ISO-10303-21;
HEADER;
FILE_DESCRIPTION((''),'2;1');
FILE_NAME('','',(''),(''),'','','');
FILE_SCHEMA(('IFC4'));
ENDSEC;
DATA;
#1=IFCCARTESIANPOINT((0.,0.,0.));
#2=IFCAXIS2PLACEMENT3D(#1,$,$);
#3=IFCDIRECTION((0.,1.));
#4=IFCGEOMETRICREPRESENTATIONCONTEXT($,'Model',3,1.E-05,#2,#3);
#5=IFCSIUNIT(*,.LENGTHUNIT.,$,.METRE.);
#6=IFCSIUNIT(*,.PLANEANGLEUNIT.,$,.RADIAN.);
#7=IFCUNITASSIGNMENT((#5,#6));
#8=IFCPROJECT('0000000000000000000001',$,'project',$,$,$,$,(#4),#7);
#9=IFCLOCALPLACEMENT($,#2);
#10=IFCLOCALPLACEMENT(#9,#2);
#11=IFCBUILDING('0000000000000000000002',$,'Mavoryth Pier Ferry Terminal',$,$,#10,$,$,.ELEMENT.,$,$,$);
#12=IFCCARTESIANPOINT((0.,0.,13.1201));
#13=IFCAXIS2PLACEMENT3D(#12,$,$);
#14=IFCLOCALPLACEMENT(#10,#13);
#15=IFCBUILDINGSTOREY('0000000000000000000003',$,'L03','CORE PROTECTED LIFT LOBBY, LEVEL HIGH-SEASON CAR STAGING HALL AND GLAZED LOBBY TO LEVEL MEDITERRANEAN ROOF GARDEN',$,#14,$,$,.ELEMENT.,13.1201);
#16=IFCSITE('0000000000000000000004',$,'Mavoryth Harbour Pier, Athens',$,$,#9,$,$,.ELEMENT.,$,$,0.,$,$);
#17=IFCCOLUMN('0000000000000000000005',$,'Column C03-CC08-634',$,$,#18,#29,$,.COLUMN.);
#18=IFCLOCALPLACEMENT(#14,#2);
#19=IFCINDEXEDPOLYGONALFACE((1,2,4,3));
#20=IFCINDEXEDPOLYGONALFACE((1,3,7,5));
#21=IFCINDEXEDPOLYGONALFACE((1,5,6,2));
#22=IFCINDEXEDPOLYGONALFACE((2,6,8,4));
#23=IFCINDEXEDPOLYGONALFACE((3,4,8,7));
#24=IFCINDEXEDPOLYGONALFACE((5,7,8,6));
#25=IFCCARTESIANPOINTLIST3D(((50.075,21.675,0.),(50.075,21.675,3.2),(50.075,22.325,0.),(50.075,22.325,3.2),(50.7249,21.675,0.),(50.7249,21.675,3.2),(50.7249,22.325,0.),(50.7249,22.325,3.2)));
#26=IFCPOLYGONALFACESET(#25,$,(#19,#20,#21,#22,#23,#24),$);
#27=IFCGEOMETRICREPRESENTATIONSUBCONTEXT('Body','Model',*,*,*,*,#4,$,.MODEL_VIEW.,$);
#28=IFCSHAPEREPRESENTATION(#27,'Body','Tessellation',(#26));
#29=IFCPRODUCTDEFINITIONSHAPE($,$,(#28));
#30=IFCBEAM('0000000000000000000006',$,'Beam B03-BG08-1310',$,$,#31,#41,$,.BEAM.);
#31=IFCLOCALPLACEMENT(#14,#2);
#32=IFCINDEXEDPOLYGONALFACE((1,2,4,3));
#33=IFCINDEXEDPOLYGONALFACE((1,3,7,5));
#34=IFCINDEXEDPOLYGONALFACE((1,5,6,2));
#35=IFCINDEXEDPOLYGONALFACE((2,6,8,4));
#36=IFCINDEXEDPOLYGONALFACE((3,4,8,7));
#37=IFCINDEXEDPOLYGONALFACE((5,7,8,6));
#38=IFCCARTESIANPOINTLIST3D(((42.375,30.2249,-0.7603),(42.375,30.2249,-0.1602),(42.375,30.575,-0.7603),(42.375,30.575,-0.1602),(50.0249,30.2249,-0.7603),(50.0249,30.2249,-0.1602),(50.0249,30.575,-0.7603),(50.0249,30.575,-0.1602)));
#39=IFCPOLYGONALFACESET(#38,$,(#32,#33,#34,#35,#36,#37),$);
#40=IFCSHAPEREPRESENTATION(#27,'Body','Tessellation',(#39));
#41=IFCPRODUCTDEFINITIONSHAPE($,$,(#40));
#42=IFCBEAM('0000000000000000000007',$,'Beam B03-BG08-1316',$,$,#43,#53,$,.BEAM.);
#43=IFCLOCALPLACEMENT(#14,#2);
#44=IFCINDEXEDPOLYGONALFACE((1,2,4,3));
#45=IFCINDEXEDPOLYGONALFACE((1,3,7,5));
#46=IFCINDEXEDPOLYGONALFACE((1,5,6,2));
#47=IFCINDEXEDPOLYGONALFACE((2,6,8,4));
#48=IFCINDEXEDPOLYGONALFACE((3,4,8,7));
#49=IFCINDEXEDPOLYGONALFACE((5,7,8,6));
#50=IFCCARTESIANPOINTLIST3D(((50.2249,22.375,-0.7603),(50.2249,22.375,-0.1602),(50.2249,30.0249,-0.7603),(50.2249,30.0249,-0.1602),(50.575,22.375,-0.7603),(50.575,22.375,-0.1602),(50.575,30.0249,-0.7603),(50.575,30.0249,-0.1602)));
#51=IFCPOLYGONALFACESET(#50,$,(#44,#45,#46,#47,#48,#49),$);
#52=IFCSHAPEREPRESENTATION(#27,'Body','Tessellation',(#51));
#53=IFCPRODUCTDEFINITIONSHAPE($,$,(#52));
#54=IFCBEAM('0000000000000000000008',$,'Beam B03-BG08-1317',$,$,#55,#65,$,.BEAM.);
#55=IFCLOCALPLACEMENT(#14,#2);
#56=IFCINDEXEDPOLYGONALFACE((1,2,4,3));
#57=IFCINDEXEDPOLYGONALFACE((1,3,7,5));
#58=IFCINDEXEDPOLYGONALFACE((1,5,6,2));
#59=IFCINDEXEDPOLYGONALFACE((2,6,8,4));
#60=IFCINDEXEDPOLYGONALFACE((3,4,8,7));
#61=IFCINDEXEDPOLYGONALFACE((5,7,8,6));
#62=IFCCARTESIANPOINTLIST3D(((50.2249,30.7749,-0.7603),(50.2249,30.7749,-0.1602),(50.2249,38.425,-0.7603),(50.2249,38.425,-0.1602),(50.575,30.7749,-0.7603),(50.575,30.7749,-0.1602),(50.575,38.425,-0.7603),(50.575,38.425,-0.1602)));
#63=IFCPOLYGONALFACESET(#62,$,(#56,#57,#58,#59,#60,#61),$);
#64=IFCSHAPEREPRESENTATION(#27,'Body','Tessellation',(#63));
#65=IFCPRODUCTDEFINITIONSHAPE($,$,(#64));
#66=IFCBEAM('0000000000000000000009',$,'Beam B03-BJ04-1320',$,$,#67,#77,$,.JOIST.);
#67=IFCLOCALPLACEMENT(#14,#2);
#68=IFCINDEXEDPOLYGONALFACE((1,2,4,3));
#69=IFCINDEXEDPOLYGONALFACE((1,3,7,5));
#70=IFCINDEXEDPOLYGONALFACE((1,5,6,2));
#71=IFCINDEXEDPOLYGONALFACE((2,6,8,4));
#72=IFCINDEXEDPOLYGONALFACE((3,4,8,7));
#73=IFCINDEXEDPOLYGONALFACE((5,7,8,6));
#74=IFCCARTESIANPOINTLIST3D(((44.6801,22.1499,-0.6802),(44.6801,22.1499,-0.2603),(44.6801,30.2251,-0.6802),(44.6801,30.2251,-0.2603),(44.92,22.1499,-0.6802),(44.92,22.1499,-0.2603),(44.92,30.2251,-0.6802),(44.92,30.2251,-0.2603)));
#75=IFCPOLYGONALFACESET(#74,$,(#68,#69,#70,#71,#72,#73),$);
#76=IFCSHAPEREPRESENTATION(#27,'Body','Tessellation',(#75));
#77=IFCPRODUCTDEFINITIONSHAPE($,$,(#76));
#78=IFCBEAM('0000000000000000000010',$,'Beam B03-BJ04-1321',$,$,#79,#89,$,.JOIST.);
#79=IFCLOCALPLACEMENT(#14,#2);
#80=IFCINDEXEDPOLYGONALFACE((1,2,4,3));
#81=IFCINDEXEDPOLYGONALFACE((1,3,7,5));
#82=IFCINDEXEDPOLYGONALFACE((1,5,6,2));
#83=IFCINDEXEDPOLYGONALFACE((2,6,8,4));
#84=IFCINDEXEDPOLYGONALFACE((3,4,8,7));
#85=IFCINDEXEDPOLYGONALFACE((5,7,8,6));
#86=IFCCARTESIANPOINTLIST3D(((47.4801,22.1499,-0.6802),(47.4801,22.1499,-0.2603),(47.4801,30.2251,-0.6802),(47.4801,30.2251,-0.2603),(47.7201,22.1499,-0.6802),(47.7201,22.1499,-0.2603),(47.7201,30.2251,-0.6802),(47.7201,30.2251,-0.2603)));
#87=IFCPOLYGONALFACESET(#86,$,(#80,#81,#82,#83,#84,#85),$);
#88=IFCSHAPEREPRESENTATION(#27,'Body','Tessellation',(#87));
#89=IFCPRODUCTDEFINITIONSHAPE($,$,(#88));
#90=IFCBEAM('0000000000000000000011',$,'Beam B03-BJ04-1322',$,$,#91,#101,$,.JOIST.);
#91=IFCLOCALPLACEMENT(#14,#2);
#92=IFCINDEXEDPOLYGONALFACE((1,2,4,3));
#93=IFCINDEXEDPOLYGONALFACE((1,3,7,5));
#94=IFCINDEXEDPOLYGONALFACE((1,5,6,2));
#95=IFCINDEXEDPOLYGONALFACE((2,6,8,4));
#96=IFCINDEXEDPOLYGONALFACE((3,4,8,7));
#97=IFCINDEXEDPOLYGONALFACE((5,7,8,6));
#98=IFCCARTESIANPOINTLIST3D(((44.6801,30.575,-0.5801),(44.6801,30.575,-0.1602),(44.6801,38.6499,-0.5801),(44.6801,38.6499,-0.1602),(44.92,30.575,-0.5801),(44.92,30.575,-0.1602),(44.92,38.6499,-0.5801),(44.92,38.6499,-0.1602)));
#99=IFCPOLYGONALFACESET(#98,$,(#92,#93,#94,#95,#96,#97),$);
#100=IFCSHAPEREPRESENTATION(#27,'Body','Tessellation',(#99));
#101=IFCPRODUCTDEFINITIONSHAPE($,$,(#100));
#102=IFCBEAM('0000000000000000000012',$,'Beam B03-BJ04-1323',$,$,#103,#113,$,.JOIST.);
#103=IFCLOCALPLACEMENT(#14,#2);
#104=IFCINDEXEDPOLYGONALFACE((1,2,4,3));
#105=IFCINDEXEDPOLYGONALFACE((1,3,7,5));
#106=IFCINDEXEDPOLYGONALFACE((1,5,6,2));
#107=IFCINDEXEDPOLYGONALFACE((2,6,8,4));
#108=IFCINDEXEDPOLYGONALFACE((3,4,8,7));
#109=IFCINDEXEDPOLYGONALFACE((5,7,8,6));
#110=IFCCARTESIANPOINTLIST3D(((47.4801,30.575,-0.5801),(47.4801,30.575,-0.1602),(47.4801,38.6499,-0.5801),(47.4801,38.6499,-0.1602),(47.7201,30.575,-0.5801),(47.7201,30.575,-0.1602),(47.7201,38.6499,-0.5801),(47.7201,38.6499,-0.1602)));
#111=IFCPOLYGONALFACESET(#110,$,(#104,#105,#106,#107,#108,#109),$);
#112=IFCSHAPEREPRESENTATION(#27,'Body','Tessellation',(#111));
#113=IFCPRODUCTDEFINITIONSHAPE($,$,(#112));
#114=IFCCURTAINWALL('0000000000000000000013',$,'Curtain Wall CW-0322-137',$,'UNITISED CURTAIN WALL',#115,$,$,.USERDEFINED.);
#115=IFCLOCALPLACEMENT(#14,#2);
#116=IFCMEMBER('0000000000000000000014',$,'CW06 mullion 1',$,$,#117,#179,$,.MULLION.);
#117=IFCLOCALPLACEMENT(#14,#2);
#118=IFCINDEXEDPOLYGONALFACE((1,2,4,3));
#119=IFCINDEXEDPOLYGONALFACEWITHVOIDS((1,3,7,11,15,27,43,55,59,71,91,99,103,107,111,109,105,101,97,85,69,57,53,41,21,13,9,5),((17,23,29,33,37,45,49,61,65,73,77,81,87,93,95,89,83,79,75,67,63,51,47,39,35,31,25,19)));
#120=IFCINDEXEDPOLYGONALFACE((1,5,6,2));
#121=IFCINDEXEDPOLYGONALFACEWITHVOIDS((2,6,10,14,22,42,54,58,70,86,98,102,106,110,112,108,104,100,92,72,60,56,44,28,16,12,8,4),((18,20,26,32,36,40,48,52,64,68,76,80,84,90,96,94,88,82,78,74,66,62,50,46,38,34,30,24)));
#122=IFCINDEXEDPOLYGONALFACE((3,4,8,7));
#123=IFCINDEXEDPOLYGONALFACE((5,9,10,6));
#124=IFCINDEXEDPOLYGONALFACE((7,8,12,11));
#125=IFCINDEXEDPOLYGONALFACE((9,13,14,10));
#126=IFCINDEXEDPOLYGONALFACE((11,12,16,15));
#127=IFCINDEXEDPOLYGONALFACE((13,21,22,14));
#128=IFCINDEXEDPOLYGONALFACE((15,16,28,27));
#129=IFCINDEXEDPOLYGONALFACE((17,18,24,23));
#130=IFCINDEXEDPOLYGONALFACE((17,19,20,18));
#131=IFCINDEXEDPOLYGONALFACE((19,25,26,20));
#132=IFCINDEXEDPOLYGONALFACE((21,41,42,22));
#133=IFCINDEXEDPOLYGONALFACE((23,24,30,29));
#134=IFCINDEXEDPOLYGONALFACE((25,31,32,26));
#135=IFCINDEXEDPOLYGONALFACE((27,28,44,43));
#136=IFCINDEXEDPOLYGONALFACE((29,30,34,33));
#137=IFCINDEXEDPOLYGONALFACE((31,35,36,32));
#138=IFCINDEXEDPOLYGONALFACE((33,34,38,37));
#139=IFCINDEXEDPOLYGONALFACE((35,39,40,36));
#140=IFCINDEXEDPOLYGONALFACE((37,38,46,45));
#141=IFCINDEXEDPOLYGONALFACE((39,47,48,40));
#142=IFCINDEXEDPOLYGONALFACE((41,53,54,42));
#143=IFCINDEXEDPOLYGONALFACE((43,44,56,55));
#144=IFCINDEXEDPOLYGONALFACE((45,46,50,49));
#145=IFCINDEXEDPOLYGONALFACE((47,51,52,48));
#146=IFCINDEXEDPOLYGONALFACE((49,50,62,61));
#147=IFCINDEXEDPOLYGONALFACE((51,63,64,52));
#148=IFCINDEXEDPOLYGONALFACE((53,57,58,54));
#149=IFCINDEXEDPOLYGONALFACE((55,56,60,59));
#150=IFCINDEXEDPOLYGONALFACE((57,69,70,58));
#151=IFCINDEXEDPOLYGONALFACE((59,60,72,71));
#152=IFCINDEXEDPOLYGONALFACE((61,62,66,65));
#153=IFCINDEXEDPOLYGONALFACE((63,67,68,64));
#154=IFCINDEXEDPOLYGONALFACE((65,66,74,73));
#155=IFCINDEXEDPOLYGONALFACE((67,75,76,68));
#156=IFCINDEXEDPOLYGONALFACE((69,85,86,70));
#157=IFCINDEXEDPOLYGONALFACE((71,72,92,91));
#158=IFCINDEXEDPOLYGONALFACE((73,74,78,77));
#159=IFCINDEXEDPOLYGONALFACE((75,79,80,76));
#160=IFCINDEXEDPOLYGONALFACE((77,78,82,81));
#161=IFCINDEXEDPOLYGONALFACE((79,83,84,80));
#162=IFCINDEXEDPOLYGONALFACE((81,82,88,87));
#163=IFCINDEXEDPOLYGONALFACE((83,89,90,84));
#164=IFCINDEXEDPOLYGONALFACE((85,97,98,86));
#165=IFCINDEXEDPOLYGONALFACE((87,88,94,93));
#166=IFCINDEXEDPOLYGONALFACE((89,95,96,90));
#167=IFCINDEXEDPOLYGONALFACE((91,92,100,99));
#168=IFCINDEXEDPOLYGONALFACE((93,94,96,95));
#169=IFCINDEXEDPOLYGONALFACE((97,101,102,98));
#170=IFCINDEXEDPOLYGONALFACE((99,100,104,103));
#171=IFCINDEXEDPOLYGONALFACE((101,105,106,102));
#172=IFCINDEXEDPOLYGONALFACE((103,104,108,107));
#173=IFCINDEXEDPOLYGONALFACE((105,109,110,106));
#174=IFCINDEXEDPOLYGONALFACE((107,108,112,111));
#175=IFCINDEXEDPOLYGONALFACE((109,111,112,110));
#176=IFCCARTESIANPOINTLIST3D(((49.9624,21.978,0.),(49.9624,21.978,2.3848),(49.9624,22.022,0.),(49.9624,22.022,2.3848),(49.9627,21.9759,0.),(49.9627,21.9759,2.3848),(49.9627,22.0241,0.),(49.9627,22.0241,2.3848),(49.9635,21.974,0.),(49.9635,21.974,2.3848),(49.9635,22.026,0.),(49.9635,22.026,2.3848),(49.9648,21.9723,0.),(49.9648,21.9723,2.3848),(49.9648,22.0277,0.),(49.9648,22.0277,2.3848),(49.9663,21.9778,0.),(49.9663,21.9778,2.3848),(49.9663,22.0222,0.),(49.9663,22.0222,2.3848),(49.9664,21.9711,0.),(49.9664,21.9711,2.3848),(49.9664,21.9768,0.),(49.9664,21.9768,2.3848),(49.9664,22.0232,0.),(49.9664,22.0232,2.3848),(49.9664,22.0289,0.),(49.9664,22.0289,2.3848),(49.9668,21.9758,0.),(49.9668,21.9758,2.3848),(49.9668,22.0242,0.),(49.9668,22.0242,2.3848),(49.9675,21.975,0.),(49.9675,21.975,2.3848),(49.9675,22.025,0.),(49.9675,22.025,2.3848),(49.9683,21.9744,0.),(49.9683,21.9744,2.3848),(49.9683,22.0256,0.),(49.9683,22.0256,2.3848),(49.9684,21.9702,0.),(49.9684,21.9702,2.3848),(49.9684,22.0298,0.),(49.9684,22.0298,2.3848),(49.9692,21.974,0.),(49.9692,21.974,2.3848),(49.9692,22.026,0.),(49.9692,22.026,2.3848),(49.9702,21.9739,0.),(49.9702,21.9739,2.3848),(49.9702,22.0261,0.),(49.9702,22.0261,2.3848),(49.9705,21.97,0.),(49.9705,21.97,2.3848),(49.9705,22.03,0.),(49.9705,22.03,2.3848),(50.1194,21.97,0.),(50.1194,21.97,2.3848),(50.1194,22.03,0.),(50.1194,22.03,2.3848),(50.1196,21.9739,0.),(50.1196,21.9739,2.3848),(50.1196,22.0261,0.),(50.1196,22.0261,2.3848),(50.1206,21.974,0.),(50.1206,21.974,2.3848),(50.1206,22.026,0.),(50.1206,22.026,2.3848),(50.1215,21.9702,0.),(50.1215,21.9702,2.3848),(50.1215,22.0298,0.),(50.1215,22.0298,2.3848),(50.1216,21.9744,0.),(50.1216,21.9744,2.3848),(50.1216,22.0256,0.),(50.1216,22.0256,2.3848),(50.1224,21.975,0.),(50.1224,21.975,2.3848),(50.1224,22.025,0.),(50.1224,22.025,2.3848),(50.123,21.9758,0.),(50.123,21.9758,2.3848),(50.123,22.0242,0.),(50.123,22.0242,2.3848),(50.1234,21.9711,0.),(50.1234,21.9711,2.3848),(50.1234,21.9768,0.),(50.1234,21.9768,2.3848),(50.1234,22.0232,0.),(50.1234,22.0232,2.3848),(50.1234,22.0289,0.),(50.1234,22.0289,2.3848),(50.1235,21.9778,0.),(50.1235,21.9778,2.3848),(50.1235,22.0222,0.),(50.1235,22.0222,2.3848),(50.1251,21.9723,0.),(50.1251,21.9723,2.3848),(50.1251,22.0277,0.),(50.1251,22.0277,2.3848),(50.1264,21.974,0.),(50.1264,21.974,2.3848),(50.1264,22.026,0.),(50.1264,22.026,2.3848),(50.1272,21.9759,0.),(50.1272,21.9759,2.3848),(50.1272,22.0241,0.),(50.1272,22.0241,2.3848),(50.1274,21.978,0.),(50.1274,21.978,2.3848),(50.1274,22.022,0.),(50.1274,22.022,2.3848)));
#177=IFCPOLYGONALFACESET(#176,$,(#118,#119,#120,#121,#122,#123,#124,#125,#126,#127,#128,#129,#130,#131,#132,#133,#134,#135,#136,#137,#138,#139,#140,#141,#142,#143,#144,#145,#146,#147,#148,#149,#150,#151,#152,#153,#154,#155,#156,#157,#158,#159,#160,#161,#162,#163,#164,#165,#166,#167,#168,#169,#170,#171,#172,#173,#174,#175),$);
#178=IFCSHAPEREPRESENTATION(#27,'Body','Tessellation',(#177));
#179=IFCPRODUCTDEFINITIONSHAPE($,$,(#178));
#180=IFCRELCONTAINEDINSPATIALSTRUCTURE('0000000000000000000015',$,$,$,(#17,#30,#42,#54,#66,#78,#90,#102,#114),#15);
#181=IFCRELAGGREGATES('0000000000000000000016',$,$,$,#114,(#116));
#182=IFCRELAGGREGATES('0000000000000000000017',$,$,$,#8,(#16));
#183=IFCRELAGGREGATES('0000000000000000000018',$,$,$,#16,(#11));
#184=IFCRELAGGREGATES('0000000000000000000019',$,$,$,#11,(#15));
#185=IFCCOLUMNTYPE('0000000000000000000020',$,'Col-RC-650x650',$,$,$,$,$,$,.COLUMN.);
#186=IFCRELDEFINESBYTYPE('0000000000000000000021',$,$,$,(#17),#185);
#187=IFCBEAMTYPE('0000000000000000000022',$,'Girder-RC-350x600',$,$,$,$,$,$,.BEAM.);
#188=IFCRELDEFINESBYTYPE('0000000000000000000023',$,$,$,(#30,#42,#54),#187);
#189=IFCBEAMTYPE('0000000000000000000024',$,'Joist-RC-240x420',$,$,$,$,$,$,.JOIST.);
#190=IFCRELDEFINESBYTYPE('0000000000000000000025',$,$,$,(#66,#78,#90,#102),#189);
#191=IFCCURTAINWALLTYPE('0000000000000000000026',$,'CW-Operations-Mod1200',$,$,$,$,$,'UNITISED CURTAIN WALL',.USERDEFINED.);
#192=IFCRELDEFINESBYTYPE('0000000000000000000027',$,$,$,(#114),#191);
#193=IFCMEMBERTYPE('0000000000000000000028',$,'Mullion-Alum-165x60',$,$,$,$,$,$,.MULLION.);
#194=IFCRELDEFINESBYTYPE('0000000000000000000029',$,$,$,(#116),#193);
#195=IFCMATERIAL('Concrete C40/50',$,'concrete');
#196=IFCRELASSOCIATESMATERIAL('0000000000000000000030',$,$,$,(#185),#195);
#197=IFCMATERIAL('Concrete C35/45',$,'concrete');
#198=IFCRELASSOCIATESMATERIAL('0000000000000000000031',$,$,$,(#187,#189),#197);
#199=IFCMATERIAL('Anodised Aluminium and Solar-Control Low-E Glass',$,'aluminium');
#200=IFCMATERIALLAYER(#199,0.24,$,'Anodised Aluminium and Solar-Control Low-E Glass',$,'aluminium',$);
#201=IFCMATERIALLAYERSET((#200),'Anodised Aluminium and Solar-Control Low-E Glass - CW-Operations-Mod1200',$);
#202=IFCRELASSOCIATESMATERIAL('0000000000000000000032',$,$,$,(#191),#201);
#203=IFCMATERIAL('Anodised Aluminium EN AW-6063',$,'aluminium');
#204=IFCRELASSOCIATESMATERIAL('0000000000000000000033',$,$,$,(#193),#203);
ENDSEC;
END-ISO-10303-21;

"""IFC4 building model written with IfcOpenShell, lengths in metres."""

from ifc_helpers import new_model, si_unit, direction, frame, origin, origin_2d, place, context, subcontext, project, spatial, rectangle, hollow_rectangle, extrude, material, layer, layer_set, material_profile, profile_set, type_object, element, aggregate, save


model = new_model("IFC4")

# Units and contexts
model_context = context("Model", 3, precision=1e-05, world=origin(), true_north=direction((0.0, 1.0)))
body_context = subcontext(model_context, "Body", "Model", "MODEL_VIEW")
ifc_project = project(units=[si_unit("LENGTHUNIT", "METRE"), si_unit("PLANEANGLEUNIT", "RADIAN")], contexts=[model_context])

# Site, building, storey
site_placement = place(None, origin())
site = spatial("IfcSite", under=ifc_project, at=site_placement, Name="Mavoryth Harbour Pier, Athens", CompositionType="ELEMENT", RefElevation=0.0)
building_placement = place(site_placement, origin())
building = spatial("IfcBuilding", under=site, at=building_placement, Name="Mavoryth Pier Ferry Terminal", CompositionType="ELEMENT")
storey_placement = place(building_placement, frame((0.0, 0.0, 13.1201)))
storey = spatial("IfcBuildingStorey", under=building, at=storey_placement, Name="L03", Description="CORE PROTECTED LIFT LOBBY, LEVEL HIGH-SEASON CAR STAGING HALL AND GLAZED LOBBY TO LEVEL MEDITERRANEAN ROOF GARDEN", CompositionType="ELEMENT", Elevation=13.1201)

# Column
ifc_material_1 = material(Name="Concrete C40/50", Category="concrete")
ifc_material_profile_1 = material_profile(ifc_material_1, rectangle(XDim=0.6499, YDim=0.6499, at=origin_2d()), Name="RC 650x650", Category="concrete")
ifc_profile_set_1 = profile_set([ifc_material_profile_1], Name="Concrete C40/50 - RC 650x650")
column_type = type_object("IfcColumnType", Name="Col-RC-650x650", PredefinedType="COLUMN", material=ifc_profile_set_1)
column_placement = place(storey_placement, frame((50.3999, 22.0, 0.0), z_axis=(0.0, 0.0, 1.0), x_axis=(1.0, 0.0, 0.0)))
element("IfcColumn", 1, at=column_placement, inside=storey, type_object=column_type, Name="Column C03-CC08-634", PredefinedType="COLUMN", context=body_context, shape_type="SweptSolid", body=[
    extrude(rectangle(XDim=0.6499, YDim=0.6499, at=origin_2d()), origin(), (0.0, 0.0, 1.0), 3.2),
])

# Beams
ifc_material_2 = material(Name="Concrete C35/45", Category="concrete")
ifc_material_profile_2 = material_profile(ifc_material_2, rectangle(XDim=0.3501, YDim=0.6001, at=origin_2d()), Name="RC 350x600", Category="concrete")
ifc_profile_set_2 = profile_set([ifc_material_profile_2], Name="Concrete C35/45 - RC 350x600")
beam_type_1 = type_object("IfcBeamType", Name="Girder-RC-350x600", PredefinedType="BEAM", material=ifc_profile_set_2)
for number, where, z_axis, x_axis, name in (
    (2, (42.375, 30.3999, -0.4602), (1.0, 0.0, 0.0), (0.0, 1.0, 0.0), "Beam B03-BG08-1310"),
    (3, (50.3999, 22.375, -0.4602), (0.0, 1.0, 0.0), (-1.0, 0.0, 0.0), "Beam B03-BG08-1316"),
):
    element("IfcBeam", number, at=place(storey_placement, frame(where, z_axis=z_axis, x_axis=x_axis)), inside=storey, type_object=beam_type_1, Name=name, PredefinedType="BEAM", context=body_context, shape_type="SweptSolid", body=[
        extrude(rectangle(XDim=0.3501, YDim=0.6001, at=origin_2d()), origin(), (0.0, 0.0, 1.0), 7.6499),
    ])
beam_1_placement = place(storey_placement, frame((50.3999, 30.7749, -0.4602), z_axis=(0.0, 1.0, 0.0), x_axis=(-1.0, 0.0, 0.0)))
element("IfcBeam", 4, at=beam_1_placement, inside=storey, type_object=beam_type_1, Name="Beam B03-BG08-1317", PredefinedType="BEAM", context=body_context, shape_type="SweptSolid", body=[
    extrude(rectangle(XDim=0.3501, YDim=0.6001, at=origin_2d()), origin(), (0.0, 0.0, 1.0), 7.6501),
])
ifc_material_profile_3 = material_profile(ifc_material_2, rectangle(XDim=0.24, YDim=0.4199, at=origin_2d()), Name="RC 240x420", Category="concrete")
ifc_profile_set_3 = profile_set([ifc_material_profile_3], Name="Concrete C35/45 - RC 240x420")
beam_type_2 = type_object("IfcBeamType", Name="Joist-RC-240x420", PredefinedType="JOIST", material=ifc_profile_set_3)
for number, where, z_axis, x_axis, name in (
    (5, (44.8, 22.1499, -0.4702), (0.0, 1.0, 0.0), (-1.0, 0.0, 0.0), "Beam B03-BJ04-1320"),
    (6, (47.6001, 22.1499, -0.4702), (0.0, 1.0, 0.0), (-1.0, 0.0, 0.0), "Beam B03-BJ04-1321"),
):
    element("IfcBeam", number, at=place(storey_placement, frame(where, z_axis=z_axis, x_axis=x_axis)), inside=storey, type_object=beam_type_2, Name=name, PredefinedType="JOIST", context=body_context, shape_type="SweptSolid", body=[
        extrude(rectangle(XDim=0.24, YDim=0.4199, at=origin_2d()), origin(), (0.0, 0.0, 1.0), 8.0752),
    ])
for number, where, z_axis, x_axis, name in (
    (7, (44.8, 30.575, -0.3701), (0.0, 1.0, 0.0), (-1.0, 0.0, 0.0), "Beam B03-BJ04-1322"),
    (8, (47.6001, 30.575, -0.3701), (0.0, 1.0, 0.0), (-1.0, 0.0, 0.0), "Beam B03-BJ04-1323"),
):
    element("IfcBeam", number, at=place(storey_placement, frame(where, z_axis=z_axis, x_axis=x_axis)), inside=storey, type_object=beam_type_2, Name=name, PredefinedType="JOIST", context=body_context, shape_type="SweptSolid", body=[
        extrude(rectangle(XDim=0.24, YDim=0.4199, at=origin_2d()), origin(), (0.0, 0.0, 1.0), 8.075),
    ])

# Curtain wall, member
ifc_material_3 = material(Name="Anodised Aluminium and Solar-Control Low-E Glass", Category="aluminium")
ifc_layer_1 = layer(ifc_material_3, 0.24, Name="Anodised Aluminium and Solar-Control Low-E Glass", Category="aluminium")
ifc_layer_set_1 = layer_set([ifc_layer_1], Name="Anodised Aluminium and Solar-Control Low-E Glass - CW-Operations-Mod1200")
curtain_wall_type = type_object("IfcCurtainWallType", Name="CW-Operations-Mod1200", ElementType="UNITISED CURTAIN WALL", PredefinedType="USERDEFINED", material=ifc_layer_set_1)
curtain_wall_1_placement = place(storey_placement, origin())
curtain_wall_1 = element("IfcCurtainWall", 9, at=curtain_wall_1_placement, inside=storey, type_object=curtain_wall_type, Name="Curtain Wall CW-0322-137", ObjectType="UNITISED CURTAIN WALL", PredefinedType="USERDEFINED")
ifc_material_4 = material(Name="Anodised Aluminium EN AW-6063", Category="aluminium")
ifc_material_profile_4 = material_profile(ifc_material_4, hollow_rectangle(XDim=0.0601, YDim=0.165, WallThickness=0.0039, InnerFilletRadius=0.0039, OuterFilletRadius=0.0081, at=origin_2d()), Name="AL-MULL 165x60x4", Category="aluminium")
ifc_profile_set_4 = profile_set([ifc_material_profile_4], Name="Anodised Aluminium EN AW-6063 - AL-MULL 165x60x4")
member_type_1 = type_object("IfcMemberType", Name="Mullion-Alum-165x60", PredefinedType="MULLION", material=ifc_profile_set_4)
member_1_placement = place(storey_placement, frame((50.0449, 22.0, 0.0), z_axis=(0.0, 0.0, 1.0), x_axis=(0.0, -1.0, 0.0)))
member_1 = element("IfcMember", 10, at=member_1_placement, type_object=member_type_1, Name="CW06 mullion 1", PredefinedType="MULLION", context=body_context, shape_type="SweptSolid", body=[
    extrude(hollow_rectangle(XDim=0.0601, YDim=0.165, WallThickness=0.0039, InnerFilletRadius=0.0039, OuterFilletRadius=0.0081, at=origin_2d()), origin(), (0.0, 0.0, 1.0), 2.3848),
])

aggregate(curtain_wall_1, [member_1])

save(model, "model.ifc")
